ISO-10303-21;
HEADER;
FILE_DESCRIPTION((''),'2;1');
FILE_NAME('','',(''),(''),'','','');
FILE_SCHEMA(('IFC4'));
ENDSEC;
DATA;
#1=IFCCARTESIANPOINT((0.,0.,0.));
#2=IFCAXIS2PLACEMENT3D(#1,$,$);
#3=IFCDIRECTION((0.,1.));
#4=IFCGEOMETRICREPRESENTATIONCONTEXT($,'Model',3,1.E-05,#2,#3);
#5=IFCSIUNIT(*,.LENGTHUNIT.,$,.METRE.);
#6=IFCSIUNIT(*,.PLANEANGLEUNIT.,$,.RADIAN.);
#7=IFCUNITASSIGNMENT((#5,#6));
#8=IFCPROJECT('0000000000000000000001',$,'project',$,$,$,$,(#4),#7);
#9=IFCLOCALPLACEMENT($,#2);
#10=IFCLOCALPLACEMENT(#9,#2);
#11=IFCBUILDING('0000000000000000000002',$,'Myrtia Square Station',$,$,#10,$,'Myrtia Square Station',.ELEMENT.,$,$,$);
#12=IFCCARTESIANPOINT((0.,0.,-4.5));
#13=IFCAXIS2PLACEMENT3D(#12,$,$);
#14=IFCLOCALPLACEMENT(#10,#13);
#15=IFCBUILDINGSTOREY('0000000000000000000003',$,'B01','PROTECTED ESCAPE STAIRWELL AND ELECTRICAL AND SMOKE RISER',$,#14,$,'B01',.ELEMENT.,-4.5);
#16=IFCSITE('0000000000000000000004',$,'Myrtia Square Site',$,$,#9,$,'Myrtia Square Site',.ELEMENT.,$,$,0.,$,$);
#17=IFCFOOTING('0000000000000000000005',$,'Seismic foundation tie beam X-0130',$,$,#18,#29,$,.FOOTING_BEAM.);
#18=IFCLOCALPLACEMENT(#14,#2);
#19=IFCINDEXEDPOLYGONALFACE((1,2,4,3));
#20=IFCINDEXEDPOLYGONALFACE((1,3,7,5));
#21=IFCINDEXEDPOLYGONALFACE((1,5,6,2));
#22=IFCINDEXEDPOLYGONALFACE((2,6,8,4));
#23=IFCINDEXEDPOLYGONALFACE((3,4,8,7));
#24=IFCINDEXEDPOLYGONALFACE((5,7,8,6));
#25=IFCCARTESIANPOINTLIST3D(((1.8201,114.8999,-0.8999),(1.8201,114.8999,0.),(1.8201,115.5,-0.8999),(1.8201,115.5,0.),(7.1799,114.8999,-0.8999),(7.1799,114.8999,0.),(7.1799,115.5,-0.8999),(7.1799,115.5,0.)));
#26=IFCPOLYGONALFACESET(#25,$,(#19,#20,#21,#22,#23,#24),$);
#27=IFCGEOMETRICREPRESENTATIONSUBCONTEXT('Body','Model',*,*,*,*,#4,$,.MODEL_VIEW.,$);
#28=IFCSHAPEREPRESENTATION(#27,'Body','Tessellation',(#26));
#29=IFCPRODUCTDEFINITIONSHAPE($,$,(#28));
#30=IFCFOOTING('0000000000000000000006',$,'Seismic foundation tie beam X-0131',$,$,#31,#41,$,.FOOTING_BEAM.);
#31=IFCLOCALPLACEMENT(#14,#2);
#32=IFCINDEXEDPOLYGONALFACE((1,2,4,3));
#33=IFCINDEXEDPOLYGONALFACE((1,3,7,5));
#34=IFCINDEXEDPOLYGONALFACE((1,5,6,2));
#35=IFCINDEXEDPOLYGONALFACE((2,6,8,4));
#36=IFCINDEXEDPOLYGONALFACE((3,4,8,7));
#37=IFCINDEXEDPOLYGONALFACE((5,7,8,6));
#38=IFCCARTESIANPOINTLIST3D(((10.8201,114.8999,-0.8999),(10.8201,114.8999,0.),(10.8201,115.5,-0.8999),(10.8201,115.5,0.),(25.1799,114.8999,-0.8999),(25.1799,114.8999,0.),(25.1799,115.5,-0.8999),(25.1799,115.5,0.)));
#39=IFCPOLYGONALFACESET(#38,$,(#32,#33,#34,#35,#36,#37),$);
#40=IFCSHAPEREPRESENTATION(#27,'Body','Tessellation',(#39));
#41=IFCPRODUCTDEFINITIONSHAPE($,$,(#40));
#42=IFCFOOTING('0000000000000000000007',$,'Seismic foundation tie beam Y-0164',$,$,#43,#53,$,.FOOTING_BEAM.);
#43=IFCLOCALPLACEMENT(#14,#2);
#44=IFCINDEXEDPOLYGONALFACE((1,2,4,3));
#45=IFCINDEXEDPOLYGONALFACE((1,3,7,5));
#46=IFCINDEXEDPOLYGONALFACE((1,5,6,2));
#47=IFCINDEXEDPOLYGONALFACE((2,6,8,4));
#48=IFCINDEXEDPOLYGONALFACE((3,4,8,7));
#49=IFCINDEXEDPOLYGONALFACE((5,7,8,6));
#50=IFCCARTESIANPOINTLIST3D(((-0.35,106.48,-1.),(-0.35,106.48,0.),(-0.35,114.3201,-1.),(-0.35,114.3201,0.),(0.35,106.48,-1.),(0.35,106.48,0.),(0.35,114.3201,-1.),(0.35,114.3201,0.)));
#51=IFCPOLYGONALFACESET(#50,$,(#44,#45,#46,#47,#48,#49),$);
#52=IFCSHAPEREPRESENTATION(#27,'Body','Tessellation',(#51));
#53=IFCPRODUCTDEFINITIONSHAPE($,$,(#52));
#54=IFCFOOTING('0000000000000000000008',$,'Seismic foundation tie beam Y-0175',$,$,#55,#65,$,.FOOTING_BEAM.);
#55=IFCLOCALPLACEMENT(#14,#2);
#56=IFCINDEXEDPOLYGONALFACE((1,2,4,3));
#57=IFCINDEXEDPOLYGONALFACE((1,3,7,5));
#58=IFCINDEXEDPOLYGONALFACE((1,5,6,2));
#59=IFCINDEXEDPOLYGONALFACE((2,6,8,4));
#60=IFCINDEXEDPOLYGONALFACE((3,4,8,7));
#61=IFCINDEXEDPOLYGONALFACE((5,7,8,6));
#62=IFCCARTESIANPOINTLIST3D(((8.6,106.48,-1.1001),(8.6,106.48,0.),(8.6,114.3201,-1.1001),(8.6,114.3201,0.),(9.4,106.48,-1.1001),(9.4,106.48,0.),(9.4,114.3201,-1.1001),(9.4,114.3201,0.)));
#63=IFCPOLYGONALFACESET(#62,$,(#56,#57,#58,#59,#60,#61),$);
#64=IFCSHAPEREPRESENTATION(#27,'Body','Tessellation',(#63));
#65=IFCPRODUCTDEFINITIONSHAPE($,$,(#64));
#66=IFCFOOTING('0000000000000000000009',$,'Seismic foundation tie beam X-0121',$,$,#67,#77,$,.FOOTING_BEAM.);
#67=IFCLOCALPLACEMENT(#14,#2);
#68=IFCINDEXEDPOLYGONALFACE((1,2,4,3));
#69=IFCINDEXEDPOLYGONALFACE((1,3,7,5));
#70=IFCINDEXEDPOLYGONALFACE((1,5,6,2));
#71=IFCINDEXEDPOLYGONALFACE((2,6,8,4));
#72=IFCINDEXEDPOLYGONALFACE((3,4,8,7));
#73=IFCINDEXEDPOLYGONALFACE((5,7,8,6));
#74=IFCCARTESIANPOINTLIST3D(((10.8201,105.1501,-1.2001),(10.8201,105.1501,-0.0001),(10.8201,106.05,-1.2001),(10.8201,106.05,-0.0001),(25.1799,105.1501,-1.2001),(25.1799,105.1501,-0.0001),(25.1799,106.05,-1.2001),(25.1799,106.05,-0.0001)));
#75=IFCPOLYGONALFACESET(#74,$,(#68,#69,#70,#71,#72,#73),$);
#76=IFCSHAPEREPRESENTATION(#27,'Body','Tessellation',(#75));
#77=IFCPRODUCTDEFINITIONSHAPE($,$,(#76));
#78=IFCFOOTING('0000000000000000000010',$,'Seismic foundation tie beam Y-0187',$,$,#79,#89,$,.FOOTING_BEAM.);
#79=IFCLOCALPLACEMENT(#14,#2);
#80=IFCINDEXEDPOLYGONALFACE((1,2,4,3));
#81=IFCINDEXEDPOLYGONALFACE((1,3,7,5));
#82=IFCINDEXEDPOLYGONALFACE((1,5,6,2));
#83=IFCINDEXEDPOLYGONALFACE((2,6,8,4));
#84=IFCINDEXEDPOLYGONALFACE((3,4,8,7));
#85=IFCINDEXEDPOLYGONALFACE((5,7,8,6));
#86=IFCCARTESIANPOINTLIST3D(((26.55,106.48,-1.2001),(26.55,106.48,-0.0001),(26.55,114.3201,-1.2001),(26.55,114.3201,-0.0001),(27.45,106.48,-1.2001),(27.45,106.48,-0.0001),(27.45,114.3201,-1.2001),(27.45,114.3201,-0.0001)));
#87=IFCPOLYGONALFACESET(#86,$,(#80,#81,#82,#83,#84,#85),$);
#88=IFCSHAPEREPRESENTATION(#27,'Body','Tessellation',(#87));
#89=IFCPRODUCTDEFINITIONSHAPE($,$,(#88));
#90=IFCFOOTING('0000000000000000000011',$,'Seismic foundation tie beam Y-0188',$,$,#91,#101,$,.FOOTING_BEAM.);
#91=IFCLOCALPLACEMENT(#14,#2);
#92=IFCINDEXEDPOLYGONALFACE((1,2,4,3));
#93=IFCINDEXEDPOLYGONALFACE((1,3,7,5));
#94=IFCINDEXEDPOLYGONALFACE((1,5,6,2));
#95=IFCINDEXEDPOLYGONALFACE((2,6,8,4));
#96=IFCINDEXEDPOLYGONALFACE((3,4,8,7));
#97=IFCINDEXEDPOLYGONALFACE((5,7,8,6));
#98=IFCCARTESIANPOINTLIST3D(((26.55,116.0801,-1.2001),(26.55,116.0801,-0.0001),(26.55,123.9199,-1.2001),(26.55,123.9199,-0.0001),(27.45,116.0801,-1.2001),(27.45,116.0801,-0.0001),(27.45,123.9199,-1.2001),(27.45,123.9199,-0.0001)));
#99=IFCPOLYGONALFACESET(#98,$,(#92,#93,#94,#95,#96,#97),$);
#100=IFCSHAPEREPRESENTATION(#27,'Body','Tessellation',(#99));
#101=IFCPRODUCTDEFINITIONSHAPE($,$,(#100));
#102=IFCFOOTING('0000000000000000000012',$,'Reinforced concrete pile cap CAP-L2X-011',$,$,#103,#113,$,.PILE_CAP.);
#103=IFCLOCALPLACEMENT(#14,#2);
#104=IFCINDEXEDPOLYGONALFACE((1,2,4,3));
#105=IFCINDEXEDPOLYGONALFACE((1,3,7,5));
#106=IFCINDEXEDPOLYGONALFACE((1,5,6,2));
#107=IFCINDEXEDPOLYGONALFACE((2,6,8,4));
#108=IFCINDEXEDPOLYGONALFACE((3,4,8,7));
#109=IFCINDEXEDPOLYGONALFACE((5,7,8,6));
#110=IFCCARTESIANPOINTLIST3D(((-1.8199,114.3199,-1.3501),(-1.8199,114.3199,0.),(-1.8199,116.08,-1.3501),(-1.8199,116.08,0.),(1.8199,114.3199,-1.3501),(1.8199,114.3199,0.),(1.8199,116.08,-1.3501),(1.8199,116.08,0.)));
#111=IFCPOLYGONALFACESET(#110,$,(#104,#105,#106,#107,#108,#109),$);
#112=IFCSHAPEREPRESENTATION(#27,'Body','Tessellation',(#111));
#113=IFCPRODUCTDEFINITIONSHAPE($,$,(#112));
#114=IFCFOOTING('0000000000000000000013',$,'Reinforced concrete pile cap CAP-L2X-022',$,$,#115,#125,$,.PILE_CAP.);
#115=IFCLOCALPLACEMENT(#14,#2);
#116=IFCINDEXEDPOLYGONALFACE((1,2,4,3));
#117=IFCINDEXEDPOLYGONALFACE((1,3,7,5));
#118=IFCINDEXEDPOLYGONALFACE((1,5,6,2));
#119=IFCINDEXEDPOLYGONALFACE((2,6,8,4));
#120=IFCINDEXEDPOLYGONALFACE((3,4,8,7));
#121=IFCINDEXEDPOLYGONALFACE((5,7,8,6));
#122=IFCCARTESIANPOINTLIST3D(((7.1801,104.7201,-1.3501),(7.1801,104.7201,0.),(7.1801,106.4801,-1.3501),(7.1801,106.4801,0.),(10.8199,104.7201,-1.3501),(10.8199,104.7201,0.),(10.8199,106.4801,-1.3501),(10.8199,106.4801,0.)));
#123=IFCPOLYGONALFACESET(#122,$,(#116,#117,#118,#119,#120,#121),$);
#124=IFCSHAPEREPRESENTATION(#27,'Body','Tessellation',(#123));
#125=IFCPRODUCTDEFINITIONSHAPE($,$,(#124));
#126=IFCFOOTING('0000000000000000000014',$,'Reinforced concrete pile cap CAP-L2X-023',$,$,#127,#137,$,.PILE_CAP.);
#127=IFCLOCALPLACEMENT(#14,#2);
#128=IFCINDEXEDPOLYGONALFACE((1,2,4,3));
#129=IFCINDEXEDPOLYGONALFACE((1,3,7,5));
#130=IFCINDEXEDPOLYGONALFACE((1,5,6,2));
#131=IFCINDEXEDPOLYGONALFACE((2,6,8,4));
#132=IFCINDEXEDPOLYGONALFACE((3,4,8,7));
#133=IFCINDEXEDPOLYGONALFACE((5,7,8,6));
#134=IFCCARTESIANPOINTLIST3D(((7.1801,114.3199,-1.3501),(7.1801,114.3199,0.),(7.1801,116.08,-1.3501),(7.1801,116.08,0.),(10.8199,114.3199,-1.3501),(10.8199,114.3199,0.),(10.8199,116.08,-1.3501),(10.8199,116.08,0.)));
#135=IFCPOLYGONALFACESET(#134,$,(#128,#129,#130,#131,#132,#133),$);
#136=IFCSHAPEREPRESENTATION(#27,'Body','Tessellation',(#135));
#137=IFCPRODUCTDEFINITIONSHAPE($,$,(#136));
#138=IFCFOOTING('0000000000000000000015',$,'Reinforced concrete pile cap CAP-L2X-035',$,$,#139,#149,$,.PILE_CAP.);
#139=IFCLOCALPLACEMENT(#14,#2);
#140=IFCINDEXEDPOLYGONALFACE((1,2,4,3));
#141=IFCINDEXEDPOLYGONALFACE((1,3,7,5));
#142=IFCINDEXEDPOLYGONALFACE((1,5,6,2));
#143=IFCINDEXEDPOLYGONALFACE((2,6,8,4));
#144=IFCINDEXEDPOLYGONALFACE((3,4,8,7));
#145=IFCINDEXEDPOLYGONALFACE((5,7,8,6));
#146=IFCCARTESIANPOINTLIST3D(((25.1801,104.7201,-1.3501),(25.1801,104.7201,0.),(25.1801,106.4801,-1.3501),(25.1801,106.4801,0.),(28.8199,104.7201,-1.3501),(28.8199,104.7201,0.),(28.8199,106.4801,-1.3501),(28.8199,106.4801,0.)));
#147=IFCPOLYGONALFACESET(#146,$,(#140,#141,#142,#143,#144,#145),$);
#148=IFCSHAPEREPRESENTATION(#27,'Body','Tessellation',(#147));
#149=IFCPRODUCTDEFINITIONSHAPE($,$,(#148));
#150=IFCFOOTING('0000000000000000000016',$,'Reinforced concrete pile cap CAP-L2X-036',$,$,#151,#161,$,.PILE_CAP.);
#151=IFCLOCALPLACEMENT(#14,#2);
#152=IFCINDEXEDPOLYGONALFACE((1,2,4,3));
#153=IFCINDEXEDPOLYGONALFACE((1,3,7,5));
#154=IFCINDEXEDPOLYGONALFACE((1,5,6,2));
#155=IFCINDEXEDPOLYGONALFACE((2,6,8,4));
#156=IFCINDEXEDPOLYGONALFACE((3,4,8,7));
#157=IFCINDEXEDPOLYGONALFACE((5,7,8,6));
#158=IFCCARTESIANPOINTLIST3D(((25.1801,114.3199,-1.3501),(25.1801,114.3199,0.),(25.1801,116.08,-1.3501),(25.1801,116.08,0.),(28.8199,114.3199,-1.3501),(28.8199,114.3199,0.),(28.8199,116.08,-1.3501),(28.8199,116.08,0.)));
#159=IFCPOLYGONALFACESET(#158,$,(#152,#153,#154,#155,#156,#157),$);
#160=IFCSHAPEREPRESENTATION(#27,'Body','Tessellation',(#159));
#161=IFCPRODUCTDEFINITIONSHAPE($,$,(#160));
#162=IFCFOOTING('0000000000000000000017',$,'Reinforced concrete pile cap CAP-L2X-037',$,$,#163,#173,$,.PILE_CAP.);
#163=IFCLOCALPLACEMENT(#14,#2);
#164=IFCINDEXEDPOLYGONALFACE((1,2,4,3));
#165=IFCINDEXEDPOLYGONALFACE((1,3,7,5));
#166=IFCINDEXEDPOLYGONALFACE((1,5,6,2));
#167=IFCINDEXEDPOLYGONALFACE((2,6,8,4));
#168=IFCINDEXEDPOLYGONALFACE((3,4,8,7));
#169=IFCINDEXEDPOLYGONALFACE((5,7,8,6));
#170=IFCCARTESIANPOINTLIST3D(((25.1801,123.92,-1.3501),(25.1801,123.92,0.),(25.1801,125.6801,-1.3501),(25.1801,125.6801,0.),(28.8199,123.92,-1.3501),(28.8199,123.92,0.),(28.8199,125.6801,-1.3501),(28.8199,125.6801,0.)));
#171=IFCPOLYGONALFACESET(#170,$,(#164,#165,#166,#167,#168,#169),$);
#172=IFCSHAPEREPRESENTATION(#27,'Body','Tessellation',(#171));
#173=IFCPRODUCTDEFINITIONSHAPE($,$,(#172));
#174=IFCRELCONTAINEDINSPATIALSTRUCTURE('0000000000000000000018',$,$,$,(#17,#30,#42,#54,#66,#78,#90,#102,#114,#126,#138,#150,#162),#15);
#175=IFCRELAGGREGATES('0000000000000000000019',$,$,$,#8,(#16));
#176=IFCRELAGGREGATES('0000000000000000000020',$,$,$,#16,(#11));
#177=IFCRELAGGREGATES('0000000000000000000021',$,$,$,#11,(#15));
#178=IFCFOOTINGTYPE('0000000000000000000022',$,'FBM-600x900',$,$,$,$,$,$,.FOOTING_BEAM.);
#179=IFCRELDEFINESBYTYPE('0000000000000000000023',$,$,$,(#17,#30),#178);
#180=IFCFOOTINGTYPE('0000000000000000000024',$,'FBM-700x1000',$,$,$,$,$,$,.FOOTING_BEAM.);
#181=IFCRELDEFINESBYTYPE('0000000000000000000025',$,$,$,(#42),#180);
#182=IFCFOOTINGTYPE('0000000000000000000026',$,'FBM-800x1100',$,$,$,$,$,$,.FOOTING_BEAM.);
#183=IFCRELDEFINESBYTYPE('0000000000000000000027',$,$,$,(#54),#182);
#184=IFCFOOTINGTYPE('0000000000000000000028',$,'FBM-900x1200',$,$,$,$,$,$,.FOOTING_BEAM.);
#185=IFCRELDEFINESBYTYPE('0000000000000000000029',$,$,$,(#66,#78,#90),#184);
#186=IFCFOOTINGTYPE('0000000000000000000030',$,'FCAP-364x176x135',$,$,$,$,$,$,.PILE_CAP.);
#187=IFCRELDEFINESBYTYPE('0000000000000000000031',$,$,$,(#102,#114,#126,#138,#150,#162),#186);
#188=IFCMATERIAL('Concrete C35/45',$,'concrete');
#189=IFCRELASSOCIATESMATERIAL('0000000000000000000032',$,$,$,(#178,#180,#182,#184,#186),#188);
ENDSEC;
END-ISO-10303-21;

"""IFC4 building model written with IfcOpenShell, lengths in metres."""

from ifc_helpers import new_model, si_unit, direction, frame, origin, origin_2d, place, context, subcontext, project, spatial, rectangle, extrude, material, material_profile, profile_set, type_object, element, save


model = new_model("IFC4")

# Units and contexts
model_context = context("Model", 3, precision=1e-05, world=origin(), true_north=direction((0.0, 1.0)))
body_context = subcontext(model_context, "Body", "Model", "MODEL_VIEW")
ifc_project = project(units=[si_unit("LENGTHUNIT", "METRE"), si_unit("PLANEANGLEUNIT", "RADIAN")], contexts=[model_context])

# Site, building, storey
site_placement = place(None, origin())
site = spatial("IfcSite", under=ifc_project, at=site_placement, Name="Myrtia Square Site", LongName="Myrtia Square Site", CompositionType="ELEMENT", RefElevation=0.0)
building_placement = place(site_placement, origin())
building = spatial("IfcBuilding", under=site, at=building_placement, Name="Myrtia Square Station", LongName="Myrtia Square Station", CompositionType="ELEMENT")
storey_placement = place(building_placement, frame((0.0, 0.0, -4.5)))
storey = spatial("IfcBuildingStorey", under=building, at=storey_placement, Name="B01", Description="PROTECTED ESCAPE STAIRWELL AND ELECTRICAL AND SMOKE RISER", LongName="B01", CompositionType="ELEMENT", Elevation=-4.5)

# Footings
ifc_material_1 = material(Name="Concrete C35/45", Category="concrete")
ifc_material_profile_1 = material_profile(ifc_material_1, rectangle(XDim=0.6001, YDim=0.8999, at=origin_2d()), Name="FB 600x900")
ifc_profile_set_1 = profile_set([ifc_material_profile_1], Name="Concrete C35/45")
footing_type_1 = type_object("IfcFootingType", Name="FBM-600x900", PredefinedType="FOOTING_BEAM", material=ifc_profile_set_1)
footing_1_placement = place(storey_placement, frame((1.8201, 115.2, -0.45), z_axis=(1.0, 0.0, 0.0), x_axis=(0.0, 1.0, 0.0)))
element("IfcFooting", 1, at=footing_1_placement, inside=storey, type_object=footing_type_1, Name="Seismic foundation tie beam X-0130", PredefinedType="FOOTING_BEAM", context=body_context, shape_type="SweptSolid", body=[
    extrude(rectangle(XDim=0.6001, YDim=0.8999, at=origin_2d()), origin(), (0.0, 0.0, 1.0), 5.3599),
])
footing_2_placement = place(storey_placement, frame((10.8201, 115.2, -0.45), z_axis=(1.0, 0.0, 0.0), x_axis=(0.0, 1.0, 0.0)))
element("IfcFooting", 2, at=footing_2_placement, inside=storey, type_object=footing_type_1, Name="Seismic foundation tie beam X-0131", PredefinedType="FOOTING_BEAM", context=body_context, shape_type="SweptSolid", body=[
    extrude(rectangle(XDim=0.6001, YDim=0.8999, at=origin_2d()), origin(), (0.0, 0.0, 1.0), 14.3599),
])
ifc_material_profile_2 = material_profile(ifc_material_1, rectangle(XDim=0.7, YDim=1.0, at=origin_2d()), Name="FB 700x1000")
ifc_profile_set_2 = profile_set([ifc_material_profile_2], Name="Concrete C35/45")
footing_type_2 = type_object("IfcFootingType", Name="FBM-700x1000", PredefinedType="FOOTING_BEAM", material=ifc_profile_set_2)
footing_3_placement = place(storey_placement, frame((0.0, 106.48, -0.5), z_axis=(0.0, 1.0, 0.0), x_axis=(-1.0, 0.0, 0.0)))
element("IfcFooting", 3, at=footing_3_placement, inside=storey, type_object=footing_type_2, Name="Seismic foundation tie beam Y-0164", PredefinedType="FOOTING_BEAM", context=body_context, shape_type="SweptSolid", body=[
    extrude(rectangle(XDim=0.7, YDim=1.0, at=origin_2d()), origin(), (0.0, 0.0, 1.0), 7.8401),
])
ifc_material_profile_3 = material_profile(ifc_material_1, rectangle(XDim=0.8, YDim=1.1001, at=origin_2d()), Name="FB 800x1100")
ifc_profile_set_3 = profile_set([ifc_material_profile_3], Name="Concrete C35/45")
footing_type_3 = type_object("IfcFootingType", Name="FBM-800x1100", PredefinedType="FOOTING_BEAM", material=ifc_profile_set_3)
footing_4_placement = place(storey_placement, frame((9.0, 106.48, -0.55), z_axis=(0.0, 1.0, 0.0), x_axis=(-1.0, 0.0, 0.0)))
element("IfcFooting", 4, at=footing_4_placement, inside=storey, type_object=footing_type_3, Name="Seismic foundation tie beam Y-0175", PredefinedType="FOOTING_BEAM", context=body_context, shape_type="SweptSolid", body=[
    extrude(rectangle(XDim=0.8, YDim=1.1001, at=origin_2d()), origin(), (0.0, 0.0, 1.0), 7.8401),
])
ifc_material_profile_4 = material_profile(ifc_material_1, rectangle(XDim=0.8999, YDim=1.2, at=origin_2d()), Name="FB 900x1200")
ifc_profile_set_4 = profile_set([ifc_material_profile_4], Name="Concrete C35/45")
footing_type_4 = type_object("IfcFootingType", Name="FBM-900x1200", PredefinedType="FOOTING_BEAM", material=ifc_profile_set_4)
footing_5_placement = place(storey_placement, frame((10.8201, 105.6001, -0.6001), z_axis=(1.0, 0.0, 0.0), x_axis=(0.0, 1.0, 0.0)))
element("IfcFooting", 5, at=footing_5_placement, inside=storey, type_object=footing_type_4, Name="Seismic foundation tie beam X-0121", PredefinedType="FOOTING_BEAM", context=body_context, shape_type="SweptSolid", body=[
    extrude(rectangle(XDim=0.8999, YDim=1.2, at=origin_2d()), origin(), (0.0, 0.0, 1.0), 14.3599),
])
footing_6_placement = place(storey_placement, frame((27.0, 106.48, -0.6001), z_axis=(0.0, 1.0, 0.0), x_axis=(-1.0, 0.0, 0.0)))
element("IfcFooting", 6, at=footing_6_placement, inside=storey, type_object=footing_type_4, Name="Seismic foundation tie beam Y-0187", PredefinedType="FOOTING_BEAM", context=body_context, shape_type="SweptSolid", body=[
    extrude(rectangle(XDim=0.8999, YDim=1.2, at=origin_2d()), origin(), (0.0, 0.0, 1.0), 7.8401),
])
footing_7_placement = place(storey_placement, frame((27.0, 116.0801, -0.6001), z_axis=(0.0, 1.0, 0.0), x_axis=(-1.0, 0.0, 0.0)))
element("IfcFooting", 7, at=footing_7_placement, inside=storey, type_object=footing_type_4, Name="Seismic foundation tie beam Y-0188", PredefinedType="FOOTING_BEAM", context=body_context, shape_type="SweptSolid", body=[
    extrude(rectangle(XDim=0.8999, YDim=1.2, at=origin_2d()), origin(), (0.0, 0.0, 1.0), 7.8398),
])
footing_type_5 = type_object("IfcFootingType", Name="FCAP-364x176x135", PredefinedType="PILE_CAP", material=ifc_material_1)
for number, where, z_axis, x_axis, name in (
    (8, (0.0, 115.2, -1.3501), (0.0, 0.0, 1.0), (1.0, 0.0, 0.0), "Reinforced concrete pile cap CAP-L2X-011"),
    (9, (9.0, 105.6001, -1.3501), (0.0, 0.0, 1.0), (1.0, 0.0, 0.0), "Reinforced concrete pile cap CAP-L2X-022"),
    (10, (9.0, 115.2, -1.3501), (0.0, 0.0, 1.0), (1.0, 0.0, 0.0), "Reinforced concrete pile cap CAP-L2X-023"),
    (11, (27.0, 105.6001, -1.3501), (0.0, 0.0, 1.0), (1.0, 0.0, 0.0), "Reinforced concrete pile cap CAP-L2X-035"),
    (12, (27.0, 115.2, -1.3501), (0.0, 0.0, 1.0), (1.0, 0.0, 0.0), "Reinforced concrete pile cap CAP-L2X-036"),
    (13, (27.0, 124.8, -1.3501), (0.0, 0.0, 1.0), (1.0, 0.0, 0.0), "Reinforced concrete pile cap CAP-L2X-037"),
):
    element("IfcFooting", number, at=place(storey_placement, frame(where, z_axis=z_axis, x_axis=x_axis)), inside=storey, type_object=footing_type_5, Name=name, PredefinedType="PILE_CAP", context=body_context, shape_type="SweptSolid", body=[
        extrude(rectangle(XDim=3.6399, YDim=1.76, at=origin_2d()), origin(), (0.0, 0.0, 1.0), 1.3501),
    ])

save(model, "model.ifc")
